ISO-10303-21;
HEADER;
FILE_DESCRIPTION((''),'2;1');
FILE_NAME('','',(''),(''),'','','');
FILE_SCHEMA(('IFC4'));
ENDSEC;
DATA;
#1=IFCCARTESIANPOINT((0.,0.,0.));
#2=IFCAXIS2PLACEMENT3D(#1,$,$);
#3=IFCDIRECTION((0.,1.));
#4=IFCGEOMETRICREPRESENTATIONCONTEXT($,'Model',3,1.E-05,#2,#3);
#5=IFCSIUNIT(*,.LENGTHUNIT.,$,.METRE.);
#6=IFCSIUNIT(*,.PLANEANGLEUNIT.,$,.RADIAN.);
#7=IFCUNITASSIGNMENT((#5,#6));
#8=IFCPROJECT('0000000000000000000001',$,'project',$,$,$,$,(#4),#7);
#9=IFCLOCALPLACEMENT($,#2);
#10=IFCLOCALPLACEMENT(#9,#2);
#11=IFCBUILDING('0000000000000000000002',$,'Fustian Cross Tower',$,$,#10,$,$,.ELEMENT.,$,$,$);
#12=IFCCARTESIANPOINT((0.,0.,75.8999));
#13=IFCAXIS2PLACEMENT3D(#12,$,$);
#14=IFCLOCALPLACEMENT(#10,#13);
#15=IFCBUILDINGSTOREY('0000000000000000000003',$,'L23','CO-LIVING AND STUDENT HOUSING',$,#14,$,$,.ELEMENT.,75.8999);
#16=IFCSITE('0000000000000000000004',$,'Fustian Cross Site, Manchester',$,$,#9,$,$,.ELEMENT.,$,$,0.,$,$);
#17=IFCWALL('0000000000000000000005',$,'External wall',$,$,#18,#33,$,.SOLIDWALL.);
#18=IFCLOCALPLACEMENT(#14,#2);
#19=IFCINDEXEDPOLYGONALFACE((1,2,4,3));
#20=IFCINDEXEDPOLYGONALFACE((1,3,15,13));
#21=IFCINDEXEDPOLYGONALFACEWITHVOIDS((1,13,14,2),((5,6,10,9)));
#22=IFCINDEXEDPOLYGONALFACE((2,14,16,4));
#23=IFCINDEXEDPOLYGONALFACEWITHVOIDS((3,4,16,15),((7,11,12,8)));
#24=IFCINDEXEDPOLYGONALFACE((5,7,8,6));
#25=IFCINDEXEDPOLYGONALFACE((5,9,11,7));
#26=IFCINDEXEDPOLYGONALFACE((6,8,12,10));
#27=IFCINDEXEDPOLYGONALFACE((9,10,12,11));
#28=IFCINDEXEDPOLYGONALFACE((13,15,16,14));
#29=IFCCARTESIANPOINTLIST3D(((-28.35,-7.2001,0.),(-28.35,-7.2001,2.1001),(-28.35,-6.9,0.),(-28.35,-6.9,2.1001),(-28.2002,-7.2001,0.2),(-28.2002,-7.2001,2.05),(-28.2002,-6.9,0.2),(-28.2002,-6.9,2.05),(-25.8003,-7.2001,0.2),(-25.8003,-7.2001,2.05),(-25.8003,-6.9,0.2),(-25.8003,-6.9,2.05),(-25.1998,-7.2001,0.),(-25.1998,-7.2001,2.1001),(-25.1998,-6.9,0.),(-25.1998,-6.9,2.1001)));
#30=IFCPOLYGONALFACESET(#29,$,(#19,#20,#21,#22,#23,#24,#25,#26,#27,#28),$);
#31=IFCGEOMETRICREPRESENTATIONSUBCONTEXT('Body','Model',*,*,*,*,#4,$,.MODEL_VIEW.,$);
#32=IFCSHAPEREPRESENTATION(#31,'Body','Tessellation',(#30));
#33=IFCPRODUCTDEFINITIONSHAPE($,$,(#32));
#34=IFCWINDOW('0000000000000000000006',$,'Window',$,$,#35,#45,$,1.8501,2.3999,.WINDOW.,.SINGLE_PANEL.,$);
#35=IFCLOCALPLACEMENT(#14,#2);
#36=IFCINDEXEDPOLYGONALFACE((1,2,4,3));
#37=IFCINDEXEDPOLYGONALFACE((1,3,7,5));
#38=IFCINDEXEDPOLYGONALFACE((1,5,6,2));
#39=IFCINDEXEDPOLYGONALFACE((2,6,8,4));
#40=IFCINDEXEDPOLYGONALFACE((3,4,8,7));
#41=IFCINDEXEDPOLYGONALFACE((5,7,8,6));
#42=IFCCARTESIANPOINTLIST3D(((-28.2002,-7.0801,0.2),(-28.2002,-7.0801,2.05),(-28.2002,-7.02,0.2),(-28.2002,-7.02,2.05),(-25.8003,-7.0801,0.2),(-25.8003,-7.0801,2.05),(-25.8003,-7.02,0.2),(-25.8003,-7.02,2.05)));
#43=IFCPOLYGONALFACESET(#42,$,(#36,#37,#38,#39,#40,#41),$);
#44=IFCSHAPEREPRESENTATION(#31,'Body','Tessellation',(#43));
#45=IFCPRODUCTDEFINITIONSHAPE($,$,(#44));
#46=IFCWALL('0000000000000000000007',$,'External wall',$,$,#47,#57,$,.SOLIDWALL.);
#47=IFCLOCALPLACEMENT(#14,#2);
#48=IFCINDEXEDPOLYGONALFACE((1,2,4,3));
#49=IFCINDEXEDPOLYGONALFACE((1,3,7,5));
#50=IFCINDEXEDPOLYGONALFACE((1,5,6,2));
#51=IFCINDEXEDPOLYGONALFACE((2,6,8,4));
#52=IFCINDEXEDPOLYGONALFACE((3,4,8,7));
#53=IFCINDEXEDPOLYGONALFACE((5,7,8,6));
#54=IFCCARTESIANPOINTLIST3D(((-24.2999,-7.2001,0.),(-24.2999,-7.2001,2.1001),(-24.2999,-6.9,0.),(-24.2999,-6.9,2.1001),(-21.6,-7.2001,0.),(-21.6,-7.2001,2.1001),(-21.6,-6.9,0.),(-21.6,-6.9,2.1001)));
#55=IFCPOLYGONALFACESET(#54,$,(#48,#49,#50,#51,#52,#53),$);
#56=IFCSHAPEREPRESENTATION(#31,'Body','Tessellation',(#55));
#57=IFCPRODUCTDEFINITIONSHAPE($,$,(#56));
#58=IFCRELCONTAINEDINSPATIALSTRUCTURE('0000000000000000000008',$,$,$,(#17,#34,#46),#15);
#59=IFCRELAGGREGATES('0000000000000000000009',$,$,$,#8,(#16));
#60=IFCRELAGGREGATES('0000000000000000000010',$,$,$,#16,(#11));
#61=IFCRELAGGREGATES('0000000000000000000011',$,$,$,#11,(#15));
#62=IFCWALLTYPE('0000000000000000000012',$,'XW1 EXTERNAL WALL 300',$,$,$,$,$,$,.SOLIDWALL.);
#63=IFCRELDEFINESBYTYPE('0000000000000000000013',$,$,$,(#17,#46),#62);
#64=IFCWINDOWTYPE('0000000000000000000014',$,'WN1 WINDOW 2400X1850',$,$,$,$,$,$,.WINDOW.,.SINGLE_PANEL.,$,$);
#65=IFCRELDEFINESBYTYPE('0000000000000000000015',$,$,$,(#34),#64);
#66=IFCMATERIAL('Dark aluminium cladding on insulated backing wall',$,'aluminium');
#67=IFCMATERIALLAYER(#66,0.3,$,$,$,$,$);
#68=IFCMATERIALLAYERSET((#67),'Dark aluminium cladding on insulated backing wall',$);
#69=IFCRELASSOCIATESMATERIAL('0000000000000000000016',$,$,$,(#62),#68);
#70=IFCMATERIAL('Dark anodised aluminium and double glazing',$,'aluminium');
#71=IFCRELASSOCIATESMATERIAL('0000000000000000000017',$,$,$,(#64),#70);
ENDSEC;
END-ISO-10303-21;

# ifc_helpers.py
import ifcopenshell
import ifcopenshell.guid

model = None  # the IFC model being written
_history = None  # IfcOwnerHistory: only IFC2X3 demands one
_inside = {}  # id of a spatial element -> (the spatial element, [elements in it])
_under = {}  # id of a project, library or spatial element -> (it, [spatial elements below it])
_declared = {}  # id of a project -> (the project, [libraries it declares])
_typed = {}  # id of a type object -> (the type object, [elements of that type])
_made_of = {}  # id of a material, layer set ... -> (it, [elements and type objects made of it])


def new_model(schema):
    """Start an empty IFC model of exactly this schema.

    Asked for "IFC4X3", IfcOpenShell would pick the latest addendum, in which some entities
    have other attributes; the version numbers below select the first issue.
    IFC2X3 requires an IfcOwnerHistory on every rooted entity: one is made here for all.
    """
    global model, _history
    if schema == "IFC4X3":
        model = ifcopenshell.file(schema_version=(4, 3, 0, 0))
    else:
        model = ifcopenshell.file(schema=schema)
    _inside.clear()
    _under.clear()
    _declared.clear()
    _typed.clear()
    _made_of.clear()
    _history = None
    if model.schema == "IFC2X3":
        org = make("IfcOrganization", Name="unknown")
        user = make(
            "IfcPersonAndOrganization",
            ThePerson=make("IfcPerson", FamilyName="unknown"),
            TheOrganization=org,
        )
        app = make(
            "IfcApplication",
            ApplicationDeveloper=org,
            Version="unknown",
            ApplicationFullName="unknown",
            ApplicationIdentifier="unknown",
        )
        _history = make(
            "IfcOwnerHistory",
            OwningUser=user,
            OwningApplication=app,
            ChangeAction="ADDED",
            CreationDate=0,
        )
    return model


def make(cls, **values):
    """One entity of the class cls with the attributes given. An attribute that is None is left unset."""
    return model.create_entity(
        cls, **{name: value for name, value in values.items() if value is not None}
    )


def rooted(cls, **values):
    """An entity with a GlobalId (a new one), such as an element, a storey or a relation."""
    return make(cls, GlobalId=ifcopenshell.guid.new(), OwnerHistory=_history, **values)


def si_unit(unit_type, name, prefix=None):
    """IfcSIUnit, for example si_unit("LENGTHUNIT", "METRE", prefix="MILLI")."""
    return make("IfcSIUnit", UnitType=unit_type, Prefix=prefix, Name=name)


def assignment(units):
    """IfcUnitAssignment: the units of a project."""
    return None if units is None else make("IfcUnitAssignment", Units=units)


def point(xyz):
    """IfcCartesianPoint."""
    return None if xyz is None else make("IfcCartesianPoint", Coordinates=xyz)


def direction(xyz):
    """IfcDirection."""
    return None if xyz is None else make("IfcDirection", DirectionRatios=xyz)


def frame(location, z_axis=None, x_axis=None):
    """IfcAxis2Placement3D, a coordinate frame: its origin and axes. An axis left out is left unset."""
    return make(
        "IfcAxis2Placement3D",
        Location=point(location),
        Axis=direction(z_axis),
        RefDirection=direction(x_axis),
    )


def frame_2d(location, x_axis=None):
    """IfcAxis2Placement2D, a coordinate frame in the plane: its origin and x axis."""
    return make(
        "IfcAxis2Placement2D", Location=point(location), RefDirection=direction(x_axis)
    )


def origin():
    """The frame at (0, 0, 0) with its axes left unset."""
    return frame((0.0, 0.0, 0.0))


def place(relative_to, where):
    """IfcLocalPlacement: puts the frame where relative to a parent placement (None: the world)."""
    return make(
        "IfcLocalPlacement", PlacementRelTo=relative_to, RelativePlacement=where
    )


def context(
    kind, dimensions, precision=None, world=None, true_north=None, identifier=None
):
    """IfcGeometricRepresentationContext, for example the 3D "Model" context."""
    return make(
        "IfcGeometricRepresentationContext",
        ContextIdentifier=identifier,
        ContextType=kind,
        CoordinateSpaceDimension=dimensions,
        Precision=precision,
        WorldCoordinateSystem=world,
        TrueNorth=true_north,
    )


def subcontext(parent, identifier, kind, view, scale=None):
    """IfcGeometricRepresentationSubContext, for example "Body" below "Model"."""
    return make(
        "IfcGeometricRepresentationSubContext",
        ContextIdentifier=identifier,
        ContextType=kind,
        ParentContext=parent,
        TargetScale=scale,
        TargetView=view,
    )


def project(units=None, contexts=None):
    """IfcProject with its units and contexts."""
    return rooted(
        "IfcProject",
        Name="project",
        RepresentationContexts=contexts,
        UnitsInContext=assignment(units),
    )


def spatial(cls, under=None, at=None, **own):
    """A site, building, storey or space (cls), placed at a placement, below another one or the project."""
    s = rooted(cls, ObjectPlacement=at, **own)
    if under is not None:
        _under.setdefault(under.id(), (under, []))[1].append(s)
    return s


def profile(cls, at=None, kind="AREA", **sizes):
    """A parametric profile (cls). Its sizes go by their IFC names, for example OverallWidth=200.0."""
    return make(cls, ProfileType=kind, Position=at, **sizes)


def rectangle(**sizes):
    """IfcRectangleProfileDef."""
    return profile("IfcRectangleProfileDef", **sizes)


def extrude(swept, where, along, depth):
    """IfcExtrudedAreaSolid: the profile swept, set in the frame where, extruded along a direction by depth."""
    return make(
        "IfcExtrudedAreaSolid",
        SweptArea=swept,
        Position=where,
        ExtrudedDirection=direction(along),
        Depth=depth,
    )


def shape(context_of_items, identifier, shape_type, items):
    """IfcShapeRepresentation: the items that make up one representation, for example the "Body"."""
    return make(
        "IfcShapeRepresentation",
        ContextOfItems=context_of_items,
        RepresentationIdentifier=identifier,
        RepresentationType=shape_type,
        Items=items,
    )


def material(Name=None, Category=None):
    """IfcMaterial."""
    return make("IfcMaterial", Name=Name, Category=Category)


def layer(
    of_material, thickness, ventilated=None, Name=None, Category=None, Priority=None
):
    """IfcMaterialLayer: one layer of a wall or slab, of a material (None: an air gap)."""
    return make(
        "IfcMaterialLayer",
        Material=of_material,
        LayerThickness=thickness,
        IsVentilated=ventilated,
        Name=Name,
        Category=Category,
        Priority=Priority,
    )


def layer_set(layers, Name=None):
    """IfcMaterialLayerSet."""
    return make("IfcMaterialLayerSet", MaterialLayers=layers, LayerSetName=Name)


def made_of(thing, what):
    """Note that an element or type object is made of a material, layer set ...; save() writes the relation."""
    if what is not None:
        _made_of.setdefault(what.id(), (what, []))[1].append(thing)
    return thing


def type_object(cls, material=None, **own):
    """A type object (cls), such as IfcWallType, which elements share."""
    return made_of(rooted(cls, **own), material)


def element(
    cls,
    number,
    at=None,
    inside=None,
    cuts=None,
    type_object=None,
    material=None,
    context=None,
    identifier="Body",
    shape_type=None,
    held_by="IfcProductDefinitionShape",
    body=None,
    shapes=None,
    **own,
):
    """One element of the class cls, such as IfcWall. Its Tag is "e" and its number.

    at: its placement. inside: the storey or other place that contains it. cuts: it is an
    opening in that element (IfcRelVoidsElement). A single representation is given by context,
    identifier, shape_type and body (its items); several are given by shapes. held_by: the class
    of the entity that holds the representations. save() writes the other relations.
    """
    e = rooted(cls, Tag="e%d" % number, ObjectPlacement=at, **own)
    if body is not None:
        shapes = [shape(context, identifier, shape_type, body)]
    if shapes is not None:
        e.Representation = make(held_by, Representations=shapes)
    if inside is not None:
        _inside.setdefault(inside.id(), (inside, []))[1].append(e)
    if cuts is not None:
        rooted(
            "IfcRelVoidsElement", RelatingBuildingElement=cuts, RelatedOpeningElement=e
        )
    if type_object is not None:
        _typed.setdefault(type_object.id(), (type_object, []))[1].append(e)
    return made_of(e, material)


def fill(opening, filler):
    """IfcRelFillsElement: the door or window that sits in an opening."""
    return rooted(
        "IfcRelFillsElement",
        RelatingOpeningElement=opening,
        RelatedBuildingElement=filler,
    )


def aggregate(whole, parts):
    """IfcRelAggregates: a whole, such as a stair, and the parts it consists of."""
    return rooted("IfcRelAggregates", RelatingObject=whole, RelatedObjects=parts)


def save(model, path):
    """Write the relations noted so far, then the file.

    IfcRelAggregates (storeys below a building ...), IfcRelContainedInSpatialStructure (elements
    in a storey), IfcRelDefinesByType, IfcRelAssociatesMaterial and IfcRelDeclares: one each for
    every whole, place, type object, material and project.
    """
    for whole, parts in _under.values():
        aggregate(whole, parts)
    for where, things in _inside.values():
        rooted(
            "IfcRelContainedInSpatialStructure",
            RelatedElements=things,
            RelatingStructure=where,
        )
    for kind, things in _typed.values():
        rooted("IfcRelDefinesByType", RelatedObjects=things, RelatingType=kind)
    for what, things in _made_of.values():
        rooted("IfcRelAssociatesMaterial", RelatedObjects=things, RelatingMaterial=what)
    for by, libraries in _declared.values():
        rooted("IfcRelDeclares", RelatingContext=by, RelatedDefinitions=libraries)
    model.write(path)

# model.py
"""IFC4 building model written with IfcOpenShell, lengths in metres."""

from ifc_helpers import new_model, si_unit, direction, frame, frame_2d, origin, place, context, subcontext, project, spatial, rectangle, extrude, material, layer, layer_set, type_object, element, fill, save


model = new_model("IFC4")

# Units and contexts
model_context = context("Model", 3, precision=1e-05, world=origin(), true_north=direction((0.0, 1.0)))
body_context = subcontext(model_context, "Body", "Model", "MODEL_VIEW")
ifc_project = project(units=[si_unit("LENGTHUNIT", "METRE"), si_unit("PLANEANGLEUNIT", "RADIAN")], contexts=[model_context])

# Site, building, storey
site_placement = place(None, origin())
site = spatial("IfcSite", under=ifc_project, at=site_placement, Name="Fustian Cross Site, Manchester", CompositionType="ELEMENT", RefElevation=0.0)
building_placement = place(site_placement, origin())
building = spatial("IfcBuilding", under=site, at=building_placement, Name="Fustian Cross Tower", CompositionType="ELEMENT")
storey_placement = place(building_placement, frame((0.0, 0.0, 75.8999)))
storey = spatial("IfcBuildingStorey", under=building, at=storey_placement, Name="L23", Description="CO-LIVING AND STUDENT HOUSING", CompositionType="ELEMENT", Elevation=75.8999)

# Shared definitions
ifc_material_1 = material(Name="Dark aluminium cladding on insulated backing wall", Category="aluminium")
ifc_layer_1 = layer(ifc_material_1, 0.3)
ifc_layer_set_1 = layer_set([ifc_layer_1], Name="Dark aluminium cladding on insulated backing wall")
wall_type_1 = type_object("IfcWallType", Name="XW1 EXTERNAL WALL 300", PredefinedType="SOLIDWALL", material=ifc_layer_set_1)

# Shared definitions
ifc_material_2 = material(Name="Dark anodised aluminium and double glazing", Category="aluminium")
window_type_1 = type_object("IfcWindowType", Name="WN1 WINDOW 2400X1850", PartitioningType="SINGLE_PANEL", PredefinedType="WINDOW", material=ifc_material_2)

# Wall, opening, window
wall_1_placement = place(storey_placement, frame((-28.3501, -7.05, 0.0), z_axis=(0.0, 0.0, 1.0), x_axis=(1.0, 0.0, 0.0)))
wall_1 = element("IfcWall", 1, at=wall_1_placement, inside=storey, type_object=wall_type_1, Name="External wall", PredefinedType="SOLIDWALL", context=body_context, shape_type="SweptSolid", body=[
    extrude(rectangle(XDim=3.1501, YDim=0.3, at=frame_2d((1.5752, 0.0))), origin(), (0.0, 0.0, 1.0), 2.1001),
])
opening_1_placement = place(wall_1_placement, frame((0.1499, 0.0, 0.2)))
opening_1 = element("IfcOpeningElement", 2, at=opening_1_placement, cuts=wall_1, PredefinedType="OPENING", context=body_context, shape_type="SweptSolid", body=[
    extrude(rectangle(XDim=2.3999, YDim=1.8501, at=frame_2d((1.2, 0.925))), frame((0.0, 0.1599, 0.0), z_axis=(0.0, -1.0, 0.0), x_axis=(1.0, 0.0, 0.0)), (0.0, 0.0, 1.0), 0.3201),
])
window_1_placement = place(opening_1_placement, origin())
window_1 = element("IfcWindow", 3, at=window_1_placement, inside=storey, type_object=window_type_1, Name="Window", OverallHeight=1.8501, OverallWidth=2.3999, PartitioningType="SINGLE_PANEL", PredefinedType="WINDOW", context=body_context, shape_type="SweptSolid", body=[
    extrude(rectangle(XDim=2.3999, YDim=1.8501, at=frame_2d((1.2, 0.925))), frame((0.0, 0.03, 0.0), z_axis=(0.0, -1.0, 0.0), x_axis=(1.0, 0.0, 0.0)), (0.0, 0.0, 1.0), 0.0601),
])
fill(opening_1, window_1)

# Wall
wall_2_placement = place(storey_placement, frame((-24.3, -7.05, 0.0), z_axis=(0.0, 0.0, 1.0), x_axis=(1.0, 0.0, 0.0)))
element("IfcWall", 4, at=wall_2_placement, inside=storey, type_object=wall_type_1, Name="External wall", PredefinedType="SOLIDWALL", context=body_context, shape_type="SweptSolid", body=[
    extrude(rectangle(XDim=2.7, YDim=0.3, at=frame_2d((1.3501, 0.0))), origin(), (0.0, 0.0, 1.0), 2.1001),
])

save(model, "model.ifc")
